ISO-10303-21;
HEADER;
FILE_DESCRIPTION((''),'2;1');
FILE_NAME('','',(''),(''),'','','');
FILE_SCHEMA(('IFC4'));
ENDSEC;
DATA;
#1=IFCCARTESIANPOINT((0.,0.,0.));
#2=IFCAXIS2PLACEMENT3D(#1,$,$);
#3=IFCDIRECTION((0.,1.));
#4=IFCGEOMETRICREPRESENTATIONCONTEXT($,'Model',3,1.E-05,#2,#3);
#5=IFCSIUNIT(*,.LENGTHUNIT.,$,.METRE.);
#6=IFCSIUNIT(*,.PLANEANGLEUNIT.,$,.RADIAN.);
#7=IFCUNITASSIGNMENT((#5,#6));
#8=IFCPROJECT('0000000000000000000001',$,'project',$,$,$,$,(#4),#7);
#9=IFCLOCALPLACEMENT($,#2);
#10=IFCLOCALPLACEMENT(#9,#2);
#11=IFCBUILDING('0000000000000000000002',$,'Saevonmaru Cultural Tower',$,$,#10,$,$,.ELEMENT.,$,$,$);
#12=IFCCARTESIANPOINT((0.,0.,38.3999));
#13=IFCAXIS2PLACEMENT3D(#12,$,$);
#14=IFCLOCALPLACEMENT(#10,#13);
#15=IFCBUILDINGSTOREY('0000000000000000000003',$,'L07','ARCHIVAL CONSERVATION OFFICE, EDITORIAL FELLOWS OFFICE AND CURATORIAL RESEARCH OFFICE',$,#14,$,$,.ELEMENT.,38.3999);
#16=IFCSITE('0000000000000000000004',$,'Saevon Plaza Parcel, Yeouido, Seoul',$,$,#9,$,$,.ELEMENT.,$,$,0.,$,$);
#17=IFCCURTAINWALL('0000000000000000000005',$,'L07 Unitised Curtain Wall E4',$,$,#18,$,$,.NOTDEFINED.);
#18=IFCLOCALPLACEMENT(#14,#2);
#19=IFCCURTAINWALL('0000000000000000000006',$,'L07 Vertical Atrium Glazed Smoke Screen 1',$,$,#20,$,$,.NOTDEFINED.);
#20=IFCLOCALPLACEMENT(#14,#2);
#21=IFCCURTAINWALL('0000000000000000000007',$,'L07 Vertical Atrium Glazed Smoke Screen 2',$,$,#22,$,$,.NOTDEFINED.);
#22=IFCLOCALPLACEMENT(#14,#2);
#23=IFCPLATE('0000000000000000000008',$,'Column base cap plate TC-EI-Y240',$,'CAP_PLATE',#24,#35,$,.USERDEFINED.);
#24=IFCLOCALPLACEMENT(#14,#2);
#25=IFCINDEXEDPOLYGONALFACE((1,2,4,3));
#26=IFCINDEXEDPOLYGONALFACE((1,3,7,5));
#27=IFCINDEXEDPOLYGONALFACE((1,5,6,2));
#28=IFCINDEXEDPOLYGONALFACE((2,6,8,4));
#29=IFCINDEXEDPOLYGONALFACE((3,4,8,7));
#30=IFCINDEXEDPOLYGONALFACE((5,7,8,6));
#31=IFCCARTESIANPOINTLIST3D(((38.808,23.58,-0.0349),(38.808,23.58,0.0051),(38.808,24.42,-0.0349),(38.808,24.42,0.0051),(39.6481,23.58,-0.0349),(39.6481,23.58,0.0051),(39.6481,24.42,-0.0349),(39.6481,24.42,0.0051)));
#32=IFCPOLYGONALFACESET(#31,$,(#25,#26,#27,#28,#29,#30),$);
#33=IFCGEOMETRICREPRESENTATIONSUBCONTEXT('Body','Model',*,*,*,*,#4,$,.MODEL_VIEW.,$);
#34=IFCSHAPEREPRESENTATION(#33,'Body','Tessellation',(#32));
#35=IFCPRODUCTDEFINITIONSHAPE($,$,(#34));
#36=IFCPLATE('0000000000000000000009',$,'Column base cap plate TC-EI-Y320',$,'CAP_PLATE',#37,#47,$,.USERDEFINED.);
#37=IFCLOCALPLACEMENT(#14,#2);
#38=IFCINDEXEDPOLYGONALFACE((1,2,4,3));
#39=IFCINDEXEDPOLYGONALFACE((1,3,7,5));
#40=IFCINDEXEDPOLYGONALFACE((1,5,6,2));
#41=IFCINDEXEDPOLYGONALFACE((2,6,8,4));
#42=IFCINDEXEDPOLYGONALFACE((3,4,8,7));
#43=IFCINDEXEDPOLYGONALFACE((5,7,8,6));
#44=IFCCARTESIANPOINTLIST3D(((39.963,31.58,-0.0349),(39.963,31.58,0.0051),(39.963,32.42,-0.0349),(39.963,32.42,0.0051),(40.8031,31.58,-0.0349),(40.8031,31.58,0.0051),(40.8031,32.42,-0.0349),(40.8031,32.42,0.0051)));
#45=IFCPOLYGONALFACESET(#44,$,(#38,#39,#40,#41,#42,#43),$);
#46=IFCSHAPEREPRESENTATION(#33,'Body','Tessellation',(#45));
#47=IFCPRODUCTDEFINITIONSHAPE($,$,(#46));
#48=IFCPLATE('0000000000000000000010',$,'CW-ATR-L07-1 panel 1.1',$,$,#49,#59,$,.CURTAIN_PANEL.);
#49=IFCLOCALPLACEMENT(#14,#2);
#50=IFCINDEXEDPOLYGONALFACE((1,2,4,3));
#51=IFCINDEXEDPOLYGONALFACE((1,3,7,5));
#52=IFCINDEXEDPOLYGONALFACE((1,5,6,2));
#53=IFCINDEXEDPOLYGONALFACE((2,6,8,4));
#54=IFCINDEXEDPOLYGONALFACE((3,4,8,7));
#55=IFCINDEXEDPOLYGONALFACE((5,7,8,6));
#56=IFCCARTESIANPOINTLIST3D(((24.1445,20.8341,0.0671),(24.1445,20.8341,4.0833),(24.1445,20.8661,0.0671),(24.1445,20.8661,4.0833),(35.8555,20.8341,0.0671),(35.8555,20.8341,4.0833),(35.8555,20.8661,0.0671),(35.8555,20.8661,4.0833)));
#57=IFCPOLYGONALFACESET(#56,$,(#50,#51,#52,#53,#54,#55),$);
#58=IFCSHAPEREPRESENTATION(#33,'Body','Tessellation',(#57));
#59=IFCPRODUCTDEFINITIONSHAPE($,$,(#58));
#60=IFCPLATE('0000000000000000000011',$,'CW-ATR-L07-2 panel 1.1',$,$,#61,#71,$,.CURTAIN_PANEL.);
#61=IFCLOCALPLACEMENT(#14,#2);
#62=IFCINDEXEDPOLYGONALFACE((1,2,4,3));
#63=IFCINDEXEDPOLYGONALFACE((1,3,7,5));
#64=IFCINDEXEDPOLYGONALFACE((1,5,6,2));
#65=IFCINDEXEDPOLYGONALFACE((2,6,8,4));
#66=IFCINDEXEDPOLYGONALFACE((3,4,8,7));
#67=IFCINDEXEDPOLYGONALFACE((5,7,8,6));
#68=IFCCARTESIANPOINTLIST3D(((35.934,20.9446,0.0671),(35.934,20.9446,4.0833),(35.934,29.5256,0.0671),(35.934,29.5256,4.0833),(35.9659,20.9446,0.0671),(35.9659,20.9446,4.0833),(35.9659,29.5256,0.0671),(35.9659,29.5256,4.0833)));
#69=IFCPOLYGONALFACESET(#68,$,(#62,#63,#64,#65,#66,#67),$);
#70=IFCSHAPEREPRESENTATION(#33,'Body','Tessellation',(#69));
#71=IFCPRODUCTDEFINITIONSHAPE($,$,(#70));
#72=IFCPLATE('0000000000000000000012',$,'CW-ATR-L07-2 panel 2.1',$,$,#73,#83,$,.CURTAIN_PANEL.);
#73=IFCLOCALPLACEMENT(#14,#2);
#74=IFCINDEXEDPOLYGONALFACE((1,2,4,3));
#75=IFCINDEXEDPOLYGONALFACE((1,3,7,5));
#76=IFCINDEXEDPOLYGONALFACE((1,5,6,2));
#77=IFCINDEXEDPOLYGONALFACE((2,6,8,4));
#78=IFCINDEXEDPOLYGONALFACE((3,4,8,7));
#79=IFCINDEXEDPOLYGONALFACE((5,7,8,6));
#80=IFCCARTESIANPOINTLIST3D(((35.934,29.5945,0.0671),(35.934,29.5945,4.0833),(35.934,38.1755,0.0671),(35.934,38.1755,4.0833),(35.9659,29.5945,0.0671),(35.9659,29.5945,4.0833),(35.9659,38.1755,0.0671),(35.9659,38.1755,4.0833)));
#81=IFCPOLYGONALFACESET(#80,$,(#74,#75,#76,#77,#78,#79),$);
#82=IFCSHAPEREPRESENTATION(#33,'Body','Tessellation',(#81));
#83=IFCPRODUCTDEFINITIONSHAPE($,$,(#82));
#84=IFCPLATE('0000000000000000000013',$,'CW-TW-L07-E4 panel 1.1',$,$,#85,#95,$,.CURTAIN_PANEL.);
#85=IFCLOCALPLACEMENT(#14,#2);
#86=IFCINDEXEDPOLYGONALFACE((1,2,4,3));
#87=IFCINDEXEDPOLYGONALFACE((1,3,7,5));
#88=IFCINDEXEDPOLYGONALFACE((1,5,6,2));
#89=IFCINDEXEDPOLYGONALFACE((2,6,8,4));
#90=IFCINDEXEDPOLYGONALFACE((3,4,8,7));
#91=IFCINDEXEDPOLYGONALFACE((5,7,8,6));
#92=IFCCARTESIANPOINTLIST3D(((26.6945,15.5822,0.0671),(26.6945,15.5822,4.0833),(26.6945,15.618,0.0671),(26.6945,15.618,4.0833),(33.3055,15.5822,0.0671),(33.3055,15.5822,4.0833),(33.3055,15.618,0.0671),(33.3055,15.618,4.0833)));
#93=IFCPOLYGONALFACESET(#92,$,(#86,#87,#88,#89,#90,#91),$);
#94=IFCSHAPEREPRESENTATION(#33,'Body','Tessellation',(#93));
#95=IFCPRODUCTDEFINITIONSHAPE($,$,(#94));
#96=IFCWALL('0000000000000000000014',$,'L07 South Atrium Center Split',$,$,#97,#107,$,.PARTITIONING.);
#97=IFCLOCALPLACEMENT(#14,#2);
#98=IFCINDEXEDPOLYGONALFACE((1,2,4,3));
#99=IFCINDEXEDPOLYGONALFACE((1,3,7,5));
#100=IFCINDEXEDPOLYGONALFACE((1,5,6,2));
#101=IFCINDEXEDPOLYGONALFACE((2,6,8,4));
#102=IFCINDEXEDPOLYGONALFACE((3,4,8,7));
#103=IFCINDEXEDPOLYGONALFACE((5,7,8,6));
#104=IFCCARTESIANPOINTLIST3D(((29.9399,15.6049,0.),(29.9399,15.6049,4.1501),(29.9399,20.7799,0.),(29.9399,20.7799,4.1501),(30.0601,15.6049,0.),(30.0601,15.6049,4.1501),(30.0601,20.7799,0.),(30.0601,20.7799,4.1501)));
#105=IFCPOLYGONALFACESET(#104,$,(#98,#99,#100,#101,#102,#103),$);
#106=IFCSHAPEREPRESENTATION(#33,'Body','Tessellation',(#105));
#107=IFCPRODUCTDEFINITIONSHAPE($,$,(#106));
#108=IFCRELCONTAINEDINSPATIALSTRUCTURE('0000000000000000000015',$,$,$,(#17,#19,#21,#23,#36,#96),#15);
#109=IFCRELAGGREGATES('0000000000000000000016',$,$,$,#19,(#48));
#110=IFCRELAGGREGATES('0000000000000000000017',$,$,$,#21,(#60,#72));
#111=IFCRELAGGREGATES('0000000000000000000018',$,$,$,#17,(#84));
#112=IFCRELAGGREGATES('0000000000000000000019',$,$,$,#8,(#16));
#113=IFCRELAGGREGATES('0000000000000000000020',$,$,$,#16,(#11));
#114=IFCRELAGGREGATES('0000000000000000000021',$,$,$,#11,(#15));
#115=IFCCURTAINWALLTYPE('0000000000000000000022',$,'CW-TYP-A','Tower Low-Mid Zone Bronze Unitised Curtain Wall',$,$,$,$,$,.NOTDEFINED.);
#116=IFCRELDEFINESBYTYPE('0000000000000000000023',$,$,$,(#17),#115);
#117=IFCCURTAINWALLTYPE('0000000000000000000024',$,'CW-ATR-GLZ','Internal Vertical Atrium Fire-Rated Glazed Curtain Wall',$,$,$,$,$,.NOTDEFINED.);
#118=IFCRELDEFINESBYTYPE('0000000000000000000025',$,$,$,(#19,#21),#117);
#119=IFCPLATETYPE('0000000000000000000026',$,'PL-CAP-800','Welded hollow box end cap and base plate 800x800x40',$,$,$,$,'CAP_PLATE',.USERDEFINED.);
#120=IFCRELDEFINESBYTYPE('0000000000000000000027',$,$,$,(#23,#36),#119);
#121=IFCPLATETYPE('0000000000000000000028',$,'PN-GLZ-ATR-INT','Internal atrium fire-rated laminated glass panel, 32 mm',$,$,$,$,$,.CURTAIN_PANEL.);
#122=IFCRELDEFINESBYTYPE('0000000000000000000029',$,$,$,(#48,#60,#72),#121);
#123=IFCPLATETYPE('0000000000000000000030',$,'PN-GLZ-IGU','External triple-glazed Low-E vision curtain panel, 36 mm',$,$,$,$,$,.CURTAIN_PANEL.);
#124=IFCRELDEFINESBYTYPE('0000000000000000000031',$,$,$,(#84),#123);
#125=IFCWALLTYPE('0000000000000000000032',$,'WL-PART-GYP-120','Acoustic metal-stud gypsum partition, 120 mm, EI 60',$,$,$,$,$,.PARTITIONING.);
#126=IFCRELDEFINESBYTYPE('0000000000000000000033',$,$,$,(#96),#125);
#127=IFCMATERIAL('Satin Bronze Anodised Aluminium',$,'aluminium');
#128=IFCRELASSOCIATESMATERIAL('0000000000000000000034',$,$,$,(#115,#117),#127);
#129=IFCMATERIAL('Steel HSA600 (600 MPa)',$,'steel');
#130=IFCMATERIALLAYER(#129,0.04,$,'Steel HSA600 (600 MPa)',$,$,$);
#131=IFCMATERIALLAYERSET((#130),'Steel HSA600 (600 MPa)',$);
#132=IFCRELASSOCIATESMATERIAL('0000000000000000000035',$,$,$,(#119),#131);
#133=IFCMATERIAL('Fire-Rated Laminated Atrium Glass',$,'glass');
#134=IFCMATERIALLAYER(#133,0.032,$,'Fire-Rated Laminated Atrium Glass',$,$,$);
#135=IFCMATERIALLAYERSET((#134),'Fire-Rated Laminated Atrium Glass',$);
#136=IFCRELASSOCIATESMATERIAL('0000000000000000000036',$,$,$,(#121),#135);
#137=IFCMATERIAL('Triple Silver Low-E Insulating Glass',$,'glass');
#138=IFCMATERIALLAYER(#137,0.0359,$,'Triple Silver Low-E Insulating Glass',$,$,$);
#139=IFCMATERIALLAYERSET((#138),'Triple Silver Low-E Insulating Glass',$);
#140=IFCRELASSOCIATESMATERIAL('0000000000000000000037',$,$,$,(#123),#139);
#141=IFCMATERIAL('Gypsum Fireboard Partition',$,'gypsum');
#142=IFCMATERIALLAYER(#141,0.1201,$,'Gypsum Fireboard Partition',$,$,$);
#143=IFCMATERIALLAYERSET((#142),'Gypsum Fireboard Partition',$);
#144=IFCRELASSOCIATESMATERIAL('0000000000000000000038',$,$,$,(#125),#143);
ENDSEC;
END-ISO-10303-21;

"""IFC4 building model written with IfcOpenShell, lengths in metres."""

from ifc_helpers import new_model, si_unit, direction, frame, frame_2d, origin, origin_2d, place, context, subcontext, project, spatial, rectangle, extrude, material, layer, layer_set, type_object, element, aggregate, save


model = new_model("IFC4")

# Units and contexts
model_context = context("Model", 3, precision=1e-05, world=origin(), true_north=direction((0.0, 1.0)))
body_context = subcontext(model_context, "Body", "Model", "MODEL_VIEW")
ifc_project = project(units=[si_unit("LENGTHUNIT", "METRE"), si_unit("PLANEANGLEUNIT", "RADIAN")], contexts=[model_context])

# Site, building, storey
site_placement = place(None, origin())
site = spatial("IfcSite", under=ifc_project, at=site_placement, Name="Saevon Plaza Parcel, Yeouido, Seoul", CompositionType="ELEMENT", RefElevation=0.0)
building_placement = place(site_placement, origin())
building = spatial("IfcBuilding", under=site, at=building_placement, Name="Saevonmaru Cultural Tower", CompositionType="ELEMENT")
storey_placement = place(building_placement, frame((0.0, 0.0, 38.3999)))
storey = spatial("IfcBuildingStorey", under=building, at=storey_placement, Name="L07", Description="ARCHIVAL CONSERVATION OFFICE, EDITORIAL FELLOWS OFFICE AND CURATORIAL RESEARCH OFFICE", CompositionType="ELEMENT", Elevation=38.3999)

# Shared definitions
ifc_material_1 = material(Name="Steel HSA600 (600 MPa)", Category="steel")

# Curtain walls
ifc_material_2 = material(Name="Satin Bronze Anodised Aluminium", Category="aluminium")
curtain_wall_type_1 = type_object("IfcCurtainWallType", Name="CW-TYP-A", Description="Tower Low-Mid Zone Bronze Unitised Curtain Wall", PredefinedType="NOTDEFINED", material=ifc_material_2)
curtain_wall_1_placement = place(storey_placement, origin())
curtain_wall_1 = element("IfcCurtainWall", 1, at=curtain_wall_1_placement, inside=storey, type_object=curtain_wall_type_1, Name="L07 Unitised Curtain Wall E4", PredefinedType="NOTDEFINED")
curtain_wall_type_2 = type_object("IfcCurtainWallType", Name="CW-ATR-GLZ", Description="Internal Vertical Atrium Fire-Rated Glazed Curtain Wall", PredefinedType="NOTDEFINED", material=ifc_material_2)
curtain_wall_2_placement = place(storey_placement, origin())
curtain_wall_2 = element("IfcCurtainWall", 2, at=curtain_wall_2_placement, inside=storey, type_object=curtain_wall_type_2, Name="L07 Vertical Atrium Glazed Smoke Screen 1", PredefinedType="NOTDEFINED")

# Curtain wall
curtain_wall_3_placement = place(storey_placement, origin())
curtain_wall_3 = element("IfcCurtainWall", 3, at=curtain_wall_3_placement, inside=storey, type_object=curtain_wall_type_2, Name="L07 Vertical Atrium Glazed Smoke Screen 2", PredefinedType="NOTDEFINED")

# Plates
ifc_layer_1 = layer(ifc_material_1, 0.04, Name="Steel HSA600 (600 MPa)")
ifc_layer_set_1 = layer_set([ifc_layer_1], Name="Steel HSA600 (600 MPa)")
plate_type_1 = type_object("IfcPlateType", Name="PL-CAP-800", Description="Welded hollow box end cap and base plate 800x800x40", ElementType="CAP_PLATE", PredefinedType="USERDEFINED", material=ifc_layer_set_1)
for number, where, z_axis, x_axis, name in (
    (4, (39.228, 24.0, -0.0349), (0.0, 0.0, 1.0), (1.0, 0.0, 0.0), "Column base cap plate TC-EI-Y240"),
    (5, (40.3831, 32.0, -0.0349), (0.0, 0.0, 1.0), (1.0, 0.0, 0.0), "Column base cap plate TC-EI-Y320"),
):
    element("IfcPlate", number, at=place(storey_placement, frame(where, z_axis=z_axis, x_axis=x_axis)), inside=storey, type_object=plate_type_1, Name=name, ObjectType="CAP_PLATE", PredefinedType="USERDEFINED", context=body_context, shape_type="SweptSolid", body=[
        extrude(rectangle(XDim=0.8401, YDim=0.8401, at=origin_2d()), origin(), (0.0, 0.0, 1.0), 0.04),
    ])

# Plates
ifc_material_3 = material(Name="Fire-Rated Laminated Atrium Glass", Category="glass")
ifc_layer_2 = layer(ifc_material_3, 0.032, Name="Fire-Rated Laminated Atrium Glass")
ifc_layer_set_2 = layer_set([ifc_layer_2], Name="Fire-Rated Laminated Atrium Glass")
plate_type_2 = type_object("IfcPlateType", Name="PN-GLZ-ATR-INT", Description="Internal atrium fire-rated laminated glass panel, 32 mm", PredefinedType="CURTAIN_PANEL", material=ifc_layer_set_2)
plate_1_placement = place(storey_placement, frame((30.0, 20.8501, 0.0671), z_axis=(0.0, 0.0, 1.0), x_axis=(1.0, 0.0, 0.0)))
plate_1 = element("IfcPlate", 6, at=plate_1_placement, type_object=plate_type_2, Name="CW-ATR-L07-1 panel 1.1", PredefinedType="CURTAIN_PANEL", context=body_context, shape_type="SweptSolid", body=[
    extrude(rectangle(XDim=11.7109, YDim=0.032, at=origin_2d()), origin(), (0.0, 0.0, 1.0), 4.0161),
])
aggregate(curtain_wall_2, [plate_1])
plate_2_placement = place(storey_placement, frame((35.95, 25.2351, 0.0671), z_axis=(0.0, 0.0, 1.0), x_axis=(0.0, 1.0, 0.0)))
plate_2 = element("IfcPlate", 7, at=plate_2_placement, type_object=plate_type_2, Name="CW-ATR-L07-2 panel 1.1", PredefinedType="CURTAIN_PANEL", context=body_context, shape_type="SweptSolid", body=[
    extrude(rectangle(XDim=8.5811, YDim=0.032, at=origin_2d()), origin(), (0.0, 0.0, 1.0), 4.0161),
])
plate_3_placement = place(storey_placement, frame((35.95, 33.885, 0.0671), z_axis=(0.0, 0.0, 1.0), x_axis=(0.0, 1.0, 0.0)))
plate_3 = element("IfcPlate", 8, at=plate_3_placement, type_object=plate_type_2, Name="CW-ATR-L07-2 panel 2.1", PredefinedType="CURTAIN_PANEL", context=body_context, shape_type="SweptSolid", body=[
    extrude(rectangle(XDim=8.5811, YDim=0.032, at=origin_2d()), origin(), (0.0, 0.0, 1.0), 4.0161),
])
aggregate(curtain_wall_3, [plate_2, plate_3])
ifc_material_4 = material(Name="Triple Silver Low-E Insulating Glass", Category="glass")
ifc_layer_3 = layer(ifc_material_4, 0.0359, Name="Triple Silver Low-E Insulating Glass")
ifc_layer_set_3 = layer_set([ifc_layer_3], Name="Triple Silver Low-E Insulating Glass")
plate_type_3 = type_object("IfcPlateType", Name="PN-GLZ-IGU", Description="External triple-glazed Low-E vision curtain panel, 36 mm", PredefinedType="CURTAIN_PANEL", material=ifc_layer_set_3)
plate_4_placement = place(storey_placement, frame((30.0, 15.6001, 0.0671), z_axis=(0.0, 0.0, 1.0), x_axis=(1.0, 0.0, 0.0)))
plate_4 = element("IfcPlate", 9, at=plate_4_placement, type_object=plate_type_3, Name="CW-TW-L07-E4 panel 1.1", PredefinedType="CURTAIN_PANEL", context=body_context, shape_type="SweptSolid", body=[
    extrude(rectangle(XDim=6.6111, YDim=0.0359, at=origin_2d()), origin(), (0.0, 0.0, 1.0), 4.0161),
])
aggregate(curtain_wall_1, [plate_4])

# Wall
ifc_material_5 = material(Name="Gypsum Fireboard Partition", Category="gypsum")
ifc_layer_4 = layer(ifc_material_5, 0.1201, Name="Gypsum Fireboard Partition")
ifc_layer_set_4 = layer_set([ifc_layer_4], Name="Gypsum Fireboard Partition")
wall_type = type_object("IfcWallType", Name="WL-PART-GYP-120", Description="Acoustic metal-stud gypsum partition, 120 mm, EI 60", PredefinedType="PARTITIONING", material=ifc_layer_set_4)
wall_placement = place(storey_placement, frame((30.0, 15.605, 0.0), z_axis=(0.0, 0.0, 1.0), x_axis=(0.0, 1.0, 0.0)))
element("IfcWall", 10, at=wall_placement, inside=storey, type_object=wall_type, Name="L07 South Atrium Center Split", PredefinedType="PARTITIONING", context=body_context, shape_type="SweptSolid", body=[
    extrude(rectangle(XDim=5.175, YDim=0.1201, at=frame_2d((2.5874, 0.0))), origin(), (0.0, 0.0, 1.0), 4.1501),
])

save(model, "model.ifc")
